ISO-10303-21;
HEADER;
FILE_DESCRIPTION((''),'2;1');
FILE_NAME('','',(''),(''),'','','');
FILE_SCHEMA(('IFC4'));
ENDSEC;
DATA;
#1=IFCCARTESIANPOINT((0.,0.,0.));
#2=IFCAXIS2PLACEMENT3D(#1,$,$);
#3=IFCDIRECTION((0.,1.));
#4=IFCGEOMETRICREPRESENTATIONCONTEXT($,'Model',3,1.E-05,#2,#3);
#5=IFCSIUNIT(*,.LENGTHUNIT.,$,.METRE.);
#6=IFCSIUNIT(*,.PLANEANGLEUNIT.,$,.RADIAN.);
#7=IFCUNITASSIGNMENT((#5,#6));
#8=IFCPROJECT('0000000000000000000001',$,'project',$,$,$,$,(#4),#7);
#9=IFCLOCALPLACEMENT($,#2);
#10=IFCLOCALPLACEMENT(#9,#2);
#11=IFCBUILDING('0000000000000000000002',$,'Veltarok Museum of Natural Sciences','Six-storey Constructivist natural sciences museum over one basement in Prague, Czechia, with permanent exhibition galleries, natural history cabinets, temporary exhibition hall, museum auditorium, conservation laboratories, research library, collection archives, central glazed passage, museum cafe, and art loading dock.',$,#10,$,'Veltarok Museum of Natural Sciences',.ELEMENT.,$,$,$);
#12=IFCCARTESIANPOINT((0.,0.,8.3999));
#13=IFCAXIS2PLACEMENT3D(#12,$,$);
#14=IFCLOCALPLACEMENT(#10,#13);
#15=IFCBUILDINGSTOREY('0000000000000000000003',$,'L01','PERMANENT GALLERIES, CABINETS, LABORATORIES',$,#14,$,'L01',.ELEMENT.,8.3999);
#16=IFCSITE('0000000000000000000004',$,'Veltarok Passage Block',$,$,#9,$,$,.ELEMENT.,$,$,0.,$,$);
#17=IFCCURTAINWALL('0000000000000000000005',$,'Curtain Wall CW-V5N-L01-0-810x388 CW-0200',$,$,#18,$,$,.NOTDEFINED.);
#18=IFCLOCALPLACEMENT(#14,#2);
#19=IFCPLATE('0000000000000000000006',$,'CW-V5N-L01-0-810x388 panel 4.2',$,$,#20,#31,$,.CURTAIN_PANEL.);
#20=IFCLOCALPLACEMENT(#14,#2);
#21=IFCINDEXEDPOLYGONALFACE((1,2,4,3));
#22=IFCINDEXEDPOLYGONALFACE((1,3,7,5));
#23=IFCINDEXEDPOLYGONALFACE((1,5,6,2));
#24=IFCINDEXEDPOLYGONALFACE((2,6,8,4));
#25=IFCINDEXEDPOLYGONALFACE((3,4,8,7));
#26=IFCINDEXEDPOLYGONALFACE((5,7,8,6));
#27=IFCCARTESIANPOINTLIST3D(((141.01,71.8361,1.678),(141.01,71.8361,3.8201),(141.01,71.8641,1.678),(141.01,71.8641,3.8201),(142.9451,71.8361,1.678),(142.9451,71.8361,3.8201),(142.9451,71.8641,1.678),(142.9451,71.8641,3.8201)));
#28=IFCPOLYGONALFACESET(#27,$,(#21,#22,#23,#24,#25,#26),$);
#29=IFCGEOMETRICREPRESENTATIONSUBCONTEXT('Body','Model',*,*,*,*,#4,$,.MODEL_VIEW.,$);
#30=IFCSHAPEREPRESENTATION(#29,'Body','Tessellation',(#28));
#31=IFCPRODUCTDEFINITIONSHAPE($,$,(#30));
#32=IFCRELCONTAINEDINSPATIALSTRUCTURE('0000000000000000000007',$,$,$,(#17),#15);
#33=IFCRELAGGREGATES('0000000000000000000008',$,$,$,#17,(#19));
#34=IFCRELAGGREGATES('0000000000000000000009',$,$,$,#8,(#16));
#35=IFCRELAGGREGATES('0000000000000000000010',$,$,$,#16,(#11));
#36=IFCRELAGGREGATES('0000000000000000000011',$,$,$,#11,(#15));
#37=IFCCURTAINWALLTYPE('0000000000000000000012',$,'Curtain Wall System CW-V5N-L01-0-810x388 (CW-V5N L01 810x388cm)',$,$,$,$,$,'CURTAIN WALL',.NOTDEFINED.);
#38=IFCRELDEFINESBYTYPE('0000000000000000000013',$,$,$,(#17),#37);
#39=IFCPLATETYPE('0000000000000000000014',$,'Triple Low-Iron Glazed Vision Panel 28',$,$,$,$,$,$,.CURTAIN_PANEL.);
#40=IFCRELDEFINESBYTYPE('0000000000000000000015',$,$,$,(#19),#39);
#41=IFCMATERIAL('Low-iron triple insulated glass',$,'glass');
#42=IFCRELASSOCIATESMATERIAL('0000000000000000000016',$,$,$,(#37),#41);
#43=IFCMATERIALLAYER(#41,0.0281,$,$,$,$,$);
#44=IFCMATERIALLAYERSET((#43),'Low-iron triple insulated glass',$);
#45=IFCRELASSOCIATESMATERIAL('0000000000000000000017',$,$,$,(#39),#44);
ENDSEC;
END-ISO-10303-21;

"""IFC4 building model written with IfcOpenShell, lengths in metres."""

from ifc_helpers import new_model, si_unit, direction, frame, origin, origin_2d, place, context, subcontext, project, spatial, rectangle, extrude, material, layer, layer_set, type_object, element, aggregate, save


model = new_model("IFC4")

# Units and contexts
model_context = context("Model", 3, precision=1e-05, world=origin(), true_north=direction((0.0, 1.0)))
body_context = subcontext(model_context, "Body", "Model", "MODEL_VIEW")
ifc_project = project(units=[si_unit("LENGTHUNIT", "METRE"), si_unit("PLANEANGLEUNIT", "RADIAN")], contexts=[model_context])

# Site, building, storey
site_placement = place(None, origin())
site = spatial("IfcSite", under=ifc_project, at=site_placement, Name="Veltarok Passage Block", CompositionType="ELEMENT", RefElevation=0.0)
building_placement = place(site_placement, origin())
building = spatial("IfcBuilding", under=site, at=building_placement, Name="Veltarok Museum of Natural Sciences", Description="Six-storey Constructivist natural sciences museum over one basement in Prague, Czechia, with permanent exhibition galleries, natural history cabinets, temporary exhibition hall, museum auditorium, conservation laboratories, research library, collection archives, central glazed passage, museum cafe, and art loading dock.", LongName="Veltarok Museum of Natural Sciences", CompositionType="ELEMENT")
storey_placement = place(building_placement, frame((0.0, 0.0, 8.3999)))
storey = spatial("IfcBuildingStorey", under=building, at=storey_placement, Name="L01", Description="PERMANENT GALLERIES, CABINETS, LABORATORIES", LongName="L01", CompositionType="ELEMENT", Elevation=8.3999)

# Curtain wall
ifc_material_1 = material(Name="Low-iron triple insulated glass", Category="glass")
curtain_wall_type_1 = type_object("IfcCurtainWallType", Name="Curtain Wall System CW-V5N-L01-0-810x388 (CW-V5N L01 810x388cm)", ElementType="CURTAIN WALL", PredefinedType="NOTDEFINED", material=ifc_material_1)
curtain_wall_1_placement = place(storey_placement, origin())
curtain_wall_1 = element("IfcCurtainWall", 1, at=curtain_wall_1_placement, inside=storey, type_object=curtain_wall_type_1, Name="Curtain Wall CW-V5N-L01-0-810x388 CW-0200", PredefinedType="NOTDEFINED")

# Plate
ifc_layer = layer(ifc_material_1, 0.0281)
ifc_layer_set = layer_set([ifc_layer], Name="Low-iron triple insulated glass")
plate_type = type_object("IfcPlateType", Name="Triple Low-Iron Glazed Vision Panel 28", PredefinedType="CURTAIN_PANEL", material=ifc_layer_set)
plate_1_placement = place(storey_placement, frame((141.9775, 71.8501, 1.678), z_axis=(0.0, 0.0, 1.0), x_axis=(-1.0, 0.0, 0.0)))
plate_1 = element("IfcPlate", 2, at=plate_1_placement, type_object=plate_type, Name="CW-V5N-L01-0-810x388 panel 4.2", PredefinedType="CURTAIN_PANEL", context=body_context, shape_type="SweptSolid", body=[
    extrude(rectangle(XDim=1.9351, YDim=0.0281, at=origin_2d()), origin(), (0.0, 0.0, 1.0), 2.1421),
])
aggregate(curtain_wall_1, [plate_1])

save(model, "model.ifc")
